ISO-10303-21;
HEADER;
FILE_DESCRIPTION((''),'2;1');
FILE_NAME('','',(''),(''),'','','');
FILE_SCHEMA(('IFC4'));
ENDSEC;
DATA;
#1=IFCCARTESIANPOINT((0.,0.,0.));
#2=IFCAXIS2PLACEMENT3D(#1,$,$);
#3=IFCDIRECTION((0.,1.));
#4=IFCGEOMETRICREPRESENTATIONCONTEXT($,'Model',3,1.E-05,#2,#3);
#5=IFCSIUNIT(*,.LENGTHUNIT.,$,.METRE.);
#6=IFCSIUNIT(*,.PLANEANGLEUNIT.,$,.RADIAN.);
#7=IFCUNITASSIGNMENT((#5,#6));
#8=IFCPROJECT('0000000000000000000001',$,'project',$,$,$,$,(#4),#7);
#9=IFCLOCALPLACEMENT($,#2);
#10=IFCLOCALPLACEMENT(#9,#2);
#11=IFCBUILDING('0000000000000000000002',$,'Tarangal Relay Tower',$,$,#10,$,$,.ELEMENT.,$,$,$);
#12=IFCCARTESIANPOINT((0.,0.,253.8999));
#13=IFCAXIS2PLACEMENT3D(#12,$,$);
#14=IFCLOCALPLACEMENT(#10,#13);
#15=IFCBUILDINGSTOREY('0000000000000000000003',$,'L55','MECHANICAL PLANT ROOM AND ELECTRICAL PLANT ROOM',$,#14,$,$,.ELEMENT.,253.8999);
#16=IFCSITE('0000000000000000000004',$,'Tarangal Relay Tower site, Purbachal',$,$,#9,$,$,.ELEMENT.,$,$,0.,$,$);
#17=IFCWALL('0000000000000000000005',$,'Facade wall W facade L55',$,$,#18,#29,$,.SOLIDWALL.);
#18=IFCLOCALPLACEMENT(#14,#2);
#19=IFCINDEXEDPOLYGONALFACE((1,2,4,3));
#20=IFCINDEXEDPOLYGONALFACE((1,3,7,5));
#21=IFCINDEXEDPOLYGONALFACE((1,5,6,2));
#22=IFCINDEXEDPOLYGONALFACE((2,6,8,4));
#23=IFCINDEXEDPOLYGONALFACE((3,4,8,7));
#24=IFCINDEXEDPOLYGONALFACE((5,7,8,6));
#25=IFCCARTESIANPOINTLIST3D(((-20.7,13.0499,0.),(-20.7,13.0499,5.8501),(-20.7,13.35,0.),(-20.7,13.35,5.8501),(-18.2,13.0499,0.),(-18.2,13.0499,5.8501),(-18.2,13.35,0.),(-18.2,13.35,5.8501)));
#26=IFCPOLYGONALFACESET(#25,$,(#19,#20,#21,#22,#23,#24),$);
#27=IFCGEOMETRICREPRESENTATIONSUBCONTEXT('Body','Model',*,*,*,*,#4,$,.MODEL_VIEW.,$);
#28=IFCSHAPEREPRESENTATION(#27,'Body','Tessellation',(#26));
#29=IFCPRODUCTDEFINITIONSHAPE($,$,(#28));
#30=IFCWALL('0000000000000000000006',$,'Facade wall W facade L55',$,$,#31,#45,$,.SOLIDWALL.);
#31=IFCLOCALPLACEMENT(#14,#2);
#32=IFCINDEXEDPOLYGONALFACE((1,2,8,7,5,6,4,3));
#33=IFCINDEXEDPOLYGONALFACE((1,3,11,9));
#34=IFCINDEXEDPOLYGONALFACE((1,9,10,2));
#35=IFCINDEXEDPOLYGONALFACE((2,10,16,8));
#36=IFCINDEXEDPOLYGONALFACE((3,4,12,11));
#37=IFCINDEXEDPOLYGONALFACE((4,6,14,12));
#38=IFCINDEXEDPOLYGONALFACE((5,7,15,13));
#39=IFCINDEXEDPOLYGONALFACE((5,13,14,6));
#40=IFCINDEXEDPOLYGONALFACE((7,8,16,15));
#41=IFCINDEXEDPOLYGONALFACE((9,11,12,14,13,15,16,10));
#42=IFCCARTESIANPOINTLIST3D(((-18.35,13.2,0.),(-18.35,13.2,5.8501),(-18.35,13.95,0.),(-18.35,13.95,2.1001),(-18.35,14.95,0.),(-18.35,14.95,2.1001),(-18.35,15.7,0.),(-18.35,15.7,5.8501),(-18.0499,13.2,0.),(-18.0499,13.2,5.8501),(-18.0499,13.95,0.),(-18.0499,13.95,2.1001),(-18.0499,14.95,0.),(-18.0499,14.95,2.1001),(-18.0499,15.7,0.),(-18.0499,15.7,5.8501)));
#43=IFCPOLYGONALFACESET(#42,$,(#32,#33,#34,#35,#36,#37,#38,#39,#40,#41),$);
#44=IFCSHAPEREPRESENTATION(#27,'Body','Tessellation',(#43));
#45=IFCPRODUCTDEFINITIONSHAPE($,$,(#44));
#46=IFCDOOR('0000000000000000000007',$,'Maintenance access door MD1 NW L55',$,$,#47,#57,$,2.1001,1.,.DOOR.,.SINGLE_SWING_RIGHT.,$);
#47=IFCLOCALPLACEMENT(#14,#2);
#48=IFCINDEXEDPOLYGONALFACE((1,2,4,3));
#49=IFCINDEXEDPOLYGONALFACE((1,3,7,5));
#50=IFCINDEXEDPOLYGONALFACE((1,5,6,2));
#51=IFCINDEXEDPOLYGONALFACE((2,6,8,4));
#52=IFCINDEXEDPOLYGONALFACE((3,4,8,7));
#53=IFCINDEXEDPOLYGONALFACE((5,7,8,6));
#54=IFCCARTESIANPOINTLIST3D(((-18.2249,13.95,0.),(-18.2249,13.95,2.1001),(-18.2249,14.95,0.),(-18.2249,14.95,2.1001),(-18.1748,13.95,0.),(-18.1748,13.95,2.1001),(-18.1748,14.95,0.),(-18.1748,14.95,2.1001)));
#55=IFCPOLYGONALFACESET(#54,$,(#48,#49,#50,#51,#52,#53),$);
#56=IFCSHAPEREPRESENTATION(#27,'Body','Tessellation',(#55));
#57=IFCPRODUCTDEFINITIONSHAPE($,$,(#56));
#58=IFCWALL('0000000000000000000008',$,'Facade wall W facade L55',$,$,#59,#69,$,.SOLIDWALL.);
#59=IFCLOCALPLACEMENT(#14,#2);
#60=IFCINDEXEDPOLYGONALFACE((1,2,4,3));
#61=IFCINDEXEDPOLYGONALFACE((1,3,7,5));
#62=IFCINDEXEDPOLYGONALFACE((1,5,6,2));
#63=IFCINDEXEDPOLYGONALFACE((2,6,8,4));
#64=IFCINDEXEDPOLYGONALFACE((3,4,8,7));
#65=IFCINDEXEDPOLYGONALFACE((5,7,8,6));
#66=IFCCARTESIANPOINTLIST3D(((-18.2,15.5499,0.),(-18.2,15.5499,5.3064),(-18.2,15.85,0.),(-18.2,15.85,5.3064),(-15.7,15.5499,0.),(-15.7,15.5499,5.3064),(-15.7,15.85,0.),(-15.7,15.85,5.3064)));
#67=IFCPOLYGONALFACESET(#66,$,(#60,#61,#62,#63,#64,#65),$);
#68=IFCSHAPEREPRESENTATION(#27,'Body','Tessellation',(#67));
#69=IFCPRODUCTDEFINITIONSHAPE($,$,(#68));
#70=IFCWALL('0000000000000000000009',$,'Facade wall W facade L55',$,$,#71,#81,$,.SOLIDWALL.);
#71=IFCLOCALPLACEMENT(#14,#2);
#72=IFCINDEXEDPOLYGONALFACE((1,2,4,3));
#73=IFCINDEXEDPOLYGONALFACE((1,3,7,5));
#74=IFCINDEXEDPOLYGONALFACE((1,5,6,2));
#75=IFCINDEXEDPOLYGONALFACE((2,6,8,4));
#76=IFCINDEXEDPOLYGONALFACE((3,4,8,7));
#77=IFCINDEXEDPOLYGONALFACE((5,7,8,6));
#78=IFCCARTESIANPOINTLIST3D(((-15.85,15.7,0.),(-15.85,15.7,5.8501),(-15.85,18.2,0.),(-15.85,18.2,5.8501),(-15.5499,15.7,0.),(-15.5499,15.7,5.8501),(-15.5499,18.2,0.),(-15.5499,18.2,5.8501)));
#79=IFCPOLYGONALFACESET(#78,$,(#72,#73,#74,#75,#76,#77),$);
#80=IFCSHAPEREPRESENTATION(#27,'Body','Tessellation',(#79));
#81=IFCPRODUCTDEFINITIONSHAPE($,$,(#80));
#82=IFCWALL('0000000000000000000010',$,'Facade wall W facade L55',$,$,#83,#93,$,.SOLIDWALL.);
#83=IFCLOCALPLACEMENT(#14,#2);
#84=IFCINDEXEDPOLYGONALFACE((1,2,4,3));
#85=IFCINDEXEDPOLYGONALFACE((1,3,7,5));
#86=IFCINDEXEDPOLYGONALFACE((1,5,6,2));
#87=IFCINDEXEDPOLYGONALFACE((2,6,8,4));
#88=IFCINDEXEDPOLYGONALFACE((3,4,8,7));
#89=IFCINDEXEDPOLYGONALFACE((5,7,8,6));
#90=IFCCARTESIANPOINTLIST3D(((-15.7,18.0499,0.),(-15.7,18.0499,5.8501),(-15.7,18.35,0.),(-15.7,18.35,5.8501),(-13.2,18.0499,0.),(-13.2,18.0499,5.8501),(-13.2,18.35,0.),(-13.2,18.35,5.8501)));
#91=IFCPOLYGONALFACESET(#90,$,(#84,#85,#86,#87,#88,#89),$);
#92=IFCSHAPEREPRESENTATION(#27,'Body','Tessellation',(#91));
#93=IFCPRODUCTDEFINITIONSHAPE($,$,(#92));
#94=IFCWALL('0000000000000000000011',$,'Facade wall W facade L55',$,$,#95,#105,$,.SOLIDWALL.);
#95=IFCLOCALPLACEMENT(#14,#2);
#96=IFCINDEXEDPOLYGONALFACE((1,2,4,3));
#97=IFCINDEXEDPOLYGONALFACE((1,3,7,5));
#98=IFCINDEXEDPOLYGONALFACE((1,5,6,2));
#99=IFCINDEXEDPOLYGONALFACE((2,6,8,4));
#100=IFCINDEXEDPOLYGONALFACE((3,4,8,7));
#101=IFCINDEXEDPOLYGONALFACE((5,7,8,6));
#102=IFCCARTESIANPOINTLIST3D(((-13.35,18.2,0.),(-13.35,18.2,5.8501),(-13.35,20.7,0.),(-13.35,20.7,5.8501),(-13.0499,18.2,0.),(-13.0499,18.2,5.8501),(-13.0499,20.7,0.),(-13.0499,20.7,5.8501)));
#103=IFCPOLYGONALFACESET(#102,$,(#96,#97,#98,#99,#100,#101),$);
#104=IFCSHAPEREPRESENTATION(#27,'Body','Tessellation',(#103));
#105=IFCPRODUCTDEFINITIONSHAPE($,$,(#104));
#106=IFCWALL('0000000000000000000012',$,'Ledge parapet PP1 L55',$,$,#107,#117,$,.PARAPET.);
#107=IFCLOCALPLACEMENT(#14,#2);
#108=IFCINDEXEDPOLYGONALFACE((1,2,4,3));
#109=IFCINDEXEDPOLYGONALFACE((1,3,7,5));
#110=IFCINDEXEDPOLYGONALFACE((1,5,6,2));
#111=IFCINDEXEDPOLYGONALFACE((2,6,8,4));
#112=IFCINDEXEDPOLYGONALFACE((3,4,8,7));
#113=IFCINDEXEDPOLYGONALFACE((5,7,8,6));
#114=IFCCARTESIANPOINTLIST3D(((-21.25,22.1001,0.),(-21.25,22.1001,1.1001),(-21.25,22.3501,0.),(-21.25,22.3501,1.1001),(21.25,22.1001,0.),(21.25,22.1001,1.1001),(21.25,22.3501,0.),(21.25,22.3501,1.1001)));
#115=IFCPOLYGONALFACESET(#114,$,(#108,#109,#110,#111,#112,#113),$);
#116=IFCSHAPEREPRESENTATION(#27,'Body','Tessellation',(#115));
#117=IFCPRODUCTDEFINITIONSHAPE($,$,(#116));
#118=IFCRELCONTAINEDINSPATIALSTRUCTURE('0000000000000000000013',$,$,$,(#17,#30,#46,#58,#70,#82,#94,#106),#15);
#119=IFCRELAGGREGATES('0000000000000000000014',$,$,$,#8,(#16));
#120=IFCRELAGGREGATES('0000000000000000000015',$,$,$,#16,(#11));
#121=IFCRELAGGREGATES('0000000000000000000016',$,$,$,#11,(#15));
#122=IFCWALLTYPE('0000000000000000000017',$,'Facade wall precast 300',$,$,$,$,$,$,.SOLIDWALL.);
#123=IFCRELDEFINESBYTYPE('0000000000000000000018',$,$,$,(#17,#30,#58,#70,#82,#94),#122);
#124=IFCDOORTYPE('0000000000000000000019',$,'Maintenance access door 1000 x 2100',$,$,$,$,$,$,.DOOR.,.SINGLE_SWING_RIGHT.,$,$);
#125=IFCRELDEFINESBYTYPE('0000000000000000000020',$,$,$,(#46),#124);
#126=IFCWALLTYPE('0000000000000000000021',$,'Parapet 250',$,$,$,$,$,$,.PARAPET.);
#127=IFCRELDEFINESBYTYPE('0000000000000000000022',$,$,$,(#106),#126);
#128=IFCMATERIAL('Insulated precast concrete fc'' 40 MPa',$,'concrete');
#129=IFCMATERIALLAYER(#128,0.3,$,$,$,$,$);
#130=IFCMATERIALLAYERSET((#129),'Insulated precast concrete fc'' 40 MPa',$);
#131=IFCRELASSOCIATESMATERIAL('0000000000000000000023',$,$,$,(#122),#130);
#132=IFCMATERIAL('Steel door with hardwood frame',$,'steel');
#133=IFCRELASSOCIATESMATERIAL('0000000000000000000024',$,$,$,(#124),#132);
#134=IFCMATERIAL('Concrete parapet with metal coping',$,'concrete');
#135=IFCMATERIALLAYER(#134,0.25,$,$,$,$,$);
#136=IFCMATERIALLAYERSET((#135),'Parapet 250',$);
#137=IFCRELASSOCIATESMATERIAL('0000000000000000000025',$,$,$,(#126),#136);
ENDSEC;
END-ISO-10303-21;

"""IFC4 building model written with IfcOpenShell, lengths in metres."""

from ifc_helpers import new_model, si_unit, direction, frame, frame_2d, origin, place, context, subcontext, project, spatial, rectangle, extrude, material, layer, layer_set, type_object, element, fill, save


model = new_model("IFC4")

# Units and contexts
model_context = context("Model", 3, precision=1e-05, world=origin(), true_north=direction((0.0, 1.0)))
body_context = subcontext(model_context, "Body", "Model", "MODEL_VIEW")
ifc_project = project(units=[si_unit("LENGTHUNIT", "METRE"), si_unit("PLANEANGLEUNIT", "RADIAN")], contexts=[model_context])

# Site, building, storey
site_placement = place(None, origin())
site = spatial("IfcSite", under=ifc_project, at=site_placement, Name="Tarangal Relay Tower site, Purbachal", CompositionType="ELEMENT", RefElevation=0.0)
building_placement = place(site_placement, origin())
building = spatial("IfcBuilding", under=site, at=building_placement, Name="Tarangal Relay Tower", CompositionType="ELEMENT")
storey_placement = place(building_placement, frame((0.0, 0.0, 253.8999)))
storey = spatial("IfcBuildingStorey", under=building, at=storey_placement, Name="L55", Description="MECHANICAL PLANT ROOM AND ELECTRICAL PLANT ROOM", CompositionType="ELEMENT", Elevation=253.8999)

# Shared definitions
ifc_material_1 = material(Name="Steel door with hardwood frame", Category="steel")

# Shared definitions
ifc_material_2 = material(Name="Insulated precast concrete fc' 40 MPa", Category="concrete")
ifc_layer_1 = layer(ifc_material_2, 0.3)
ifc_layer_set_1 = layer_set([ifc_layer_1], Name="Insulated precast concrete fc' 40 MPa")
wall_type_1 = type_object("IfcWallType", Name="Facade wall precast 300", PredefinedType="SOLIDWALL", material=ifc_layer_set_1)

# Wall
wall_1_placement = place(storey_placement, frame((-20.7, 13.2, 0.0), z_axis=(0.0, 0.0, 1.0), x_axis=(1.0, 0.0, 0.0)))
element("IfcWall", 1, at=wall_1_placement, inside=storey, type_object=wall_type_1, Name="Facade wall W facade L55", PredefinedType="SOLIDWALL", context=body_context, shape_type="SweptSolid", body=[
    extrude(rectangle(XDim=2.5, YDim=0.3, at=frame_2d((1.25, 0.0))), origin(), (0.0, 0.0, 1.0), 5.8501),
])

# Wall, opening, door
wall_2_placement = place(storey_placement, frame((-18.2, 13.2, 0.0), z_axis=(0.0, 0.0, 1.0), x_axis=(0.0, 1.0, 0.0)))
wall_2 = element("IfcWall", 2, at=wall_2_placement, inside=storey, type_object=wall_type_1, Name="Facade wall W facade L55", PredefinedType="SOLIDWALL", context=body_context, shape_type="SweptSolid", body=[
    extrude(rectangle(XDim=2.5, YDim=0.3, at=frame_2d((1.25, 0.0))), origin(), (0.0, 0.0, 1.0), 5.8501),
])
opening_1_placement = place(wall_2_placement, frame((0.75, 0.0, 0.0)))
opening_1 = element("IfcOpeningElement", 3, at=opening_1_placement, cuts=wall_2, PredefinedType="OPENING", context=body_context, shape_type="SweptSolid", body=[
    extrude(rectangle(XDim=1.0, YDim=2.1001, at=frame_2d((0.5, 1.05))), frame((0.0, 0.1599, 0.0), z_axis=(0.0, -1.0, 0.0), x_axis=(1.0, 0.0, 0.0)), (0.0, 0.0, 1.0), 0.3201),
])
door_type_1 = type_object("IfcDoorType", Name="Maintenance access door 1000 x 2100", OperationType="SINGLE_SWING_RIGHT", PredefinedType="DOOR", material=ifc_material_1)
door_1_placement = place(opening_1_placement, origin())
door_1 = element("IfcDoor", 4, at=door_1_placement, inside=storey, type_object=door_type_1, Name="Maintenance access door MD1 NW L55", OperationType="SINGLE_SWING_RIGHT", OverallHeight=2.1001, OverallWidth=1.0, PredefinedType="DOOR", context=body_context, shape_type="SweptSolid", body=[
    extrude(rectangle(XDim=1.0, YDim=2.1001, at=frame_2d((0.5, 1.05))), frame((0.0, 0.0249, 0.0), z_axis=(0.0, -1.0, 0.0), x_axis=(1.0, 0.0, 0.0)), (0.0, 0.0, 1.0), 0.05),
])
fill(opening_1, door_1)

# Walls
wall_3_placement = place(storey_placement, frame((-18.2, 15.7, 0.0), z_axis=(0.0, 0.0, 1.0), x_axis=(1.0, 0.0, 0.0)))
element("IfcWall", 5, at=wall_3_placement, inside=storey, type_object=wall_type_1, Name="Facade wall W facade L55", PredefinedType="SOLIDWALL", context=body_context, shape_type="SweptSolid", body=[
    extrude(rectangle(XDim=2.5, YDim=0.3, at=frame_2d((1.25, 0.0))), origin(), (0.0, 0.0, 1.0), 5.3064),
])
for number, where, z_axis, x_axis, name in (
    (6, (-15.7, 15.7, 0.0), (0.0, 0.0, 1.0), (0.0, 1.0, 0.0), "Facade wall W facade L55"),
    (7, (-15.7, 18.2, 0.0), (0.0, 0.0, 1.0), (1.0, 0.0, 0.0), "Facade wall W facade L55"),
    (8, (-13.2, 18.2, 0.0), (0.0, 0.0, 1.0), (0.0, 1.0, 0.0), "Facade wall W facade L55"),
):
    element("IfcWall", number, at=place(storey_placement, frame(where, z_axis=z_axis, x_axis=x_axis)), inside=storey, type_object=wall_type_1, Name=name, PredefinedType="SOLIDWALL", context=body_context, shape_type="SweptSolid", body=[
        extrude(rectangle(XDim=2.5, YDim=0.3, at=frame_2d((1.25, 0.0))), origin(), (0.0, 0.0, 1.0), 5.8501),
    ])
ifc_material_3 = material(Name="Concrete parapet with metal coping", Category="concrete")
ifc_layer_2 = layer(ifc_material_3, 0.25)
ifc_layer_set_2 = layer_set([ifc_layer_2], Name="Parapet 250")
wall_type_2 = type_object("IfcWallType", Name="Parapet 250", PredefinedType="PARAPET", material=ifc_layer_set_2)
wall_4_placement = place(storey_placement, frame((-21.25, 22.2251, 0.0), z_axis=(0.0, 0.0, 1.0), x_axis=(1.0, 0.0, 0.0)))
element("IfcWall", 9, at=wall_4_placement, inside=storey, type_object=wall_type_2, Name="Ledge parapet PP1 L55", PredefinedType="PARAPET", context=body_context, shape_type="SweptSolid", body=[
    extrude(rectangle(XDim=42.5, YDim=0.25, at=frame_2d((21.25, 0.0))), origin(), (0.0, 0.0, 1.0), 1.1001),
])

save(model, "model.ifc")
